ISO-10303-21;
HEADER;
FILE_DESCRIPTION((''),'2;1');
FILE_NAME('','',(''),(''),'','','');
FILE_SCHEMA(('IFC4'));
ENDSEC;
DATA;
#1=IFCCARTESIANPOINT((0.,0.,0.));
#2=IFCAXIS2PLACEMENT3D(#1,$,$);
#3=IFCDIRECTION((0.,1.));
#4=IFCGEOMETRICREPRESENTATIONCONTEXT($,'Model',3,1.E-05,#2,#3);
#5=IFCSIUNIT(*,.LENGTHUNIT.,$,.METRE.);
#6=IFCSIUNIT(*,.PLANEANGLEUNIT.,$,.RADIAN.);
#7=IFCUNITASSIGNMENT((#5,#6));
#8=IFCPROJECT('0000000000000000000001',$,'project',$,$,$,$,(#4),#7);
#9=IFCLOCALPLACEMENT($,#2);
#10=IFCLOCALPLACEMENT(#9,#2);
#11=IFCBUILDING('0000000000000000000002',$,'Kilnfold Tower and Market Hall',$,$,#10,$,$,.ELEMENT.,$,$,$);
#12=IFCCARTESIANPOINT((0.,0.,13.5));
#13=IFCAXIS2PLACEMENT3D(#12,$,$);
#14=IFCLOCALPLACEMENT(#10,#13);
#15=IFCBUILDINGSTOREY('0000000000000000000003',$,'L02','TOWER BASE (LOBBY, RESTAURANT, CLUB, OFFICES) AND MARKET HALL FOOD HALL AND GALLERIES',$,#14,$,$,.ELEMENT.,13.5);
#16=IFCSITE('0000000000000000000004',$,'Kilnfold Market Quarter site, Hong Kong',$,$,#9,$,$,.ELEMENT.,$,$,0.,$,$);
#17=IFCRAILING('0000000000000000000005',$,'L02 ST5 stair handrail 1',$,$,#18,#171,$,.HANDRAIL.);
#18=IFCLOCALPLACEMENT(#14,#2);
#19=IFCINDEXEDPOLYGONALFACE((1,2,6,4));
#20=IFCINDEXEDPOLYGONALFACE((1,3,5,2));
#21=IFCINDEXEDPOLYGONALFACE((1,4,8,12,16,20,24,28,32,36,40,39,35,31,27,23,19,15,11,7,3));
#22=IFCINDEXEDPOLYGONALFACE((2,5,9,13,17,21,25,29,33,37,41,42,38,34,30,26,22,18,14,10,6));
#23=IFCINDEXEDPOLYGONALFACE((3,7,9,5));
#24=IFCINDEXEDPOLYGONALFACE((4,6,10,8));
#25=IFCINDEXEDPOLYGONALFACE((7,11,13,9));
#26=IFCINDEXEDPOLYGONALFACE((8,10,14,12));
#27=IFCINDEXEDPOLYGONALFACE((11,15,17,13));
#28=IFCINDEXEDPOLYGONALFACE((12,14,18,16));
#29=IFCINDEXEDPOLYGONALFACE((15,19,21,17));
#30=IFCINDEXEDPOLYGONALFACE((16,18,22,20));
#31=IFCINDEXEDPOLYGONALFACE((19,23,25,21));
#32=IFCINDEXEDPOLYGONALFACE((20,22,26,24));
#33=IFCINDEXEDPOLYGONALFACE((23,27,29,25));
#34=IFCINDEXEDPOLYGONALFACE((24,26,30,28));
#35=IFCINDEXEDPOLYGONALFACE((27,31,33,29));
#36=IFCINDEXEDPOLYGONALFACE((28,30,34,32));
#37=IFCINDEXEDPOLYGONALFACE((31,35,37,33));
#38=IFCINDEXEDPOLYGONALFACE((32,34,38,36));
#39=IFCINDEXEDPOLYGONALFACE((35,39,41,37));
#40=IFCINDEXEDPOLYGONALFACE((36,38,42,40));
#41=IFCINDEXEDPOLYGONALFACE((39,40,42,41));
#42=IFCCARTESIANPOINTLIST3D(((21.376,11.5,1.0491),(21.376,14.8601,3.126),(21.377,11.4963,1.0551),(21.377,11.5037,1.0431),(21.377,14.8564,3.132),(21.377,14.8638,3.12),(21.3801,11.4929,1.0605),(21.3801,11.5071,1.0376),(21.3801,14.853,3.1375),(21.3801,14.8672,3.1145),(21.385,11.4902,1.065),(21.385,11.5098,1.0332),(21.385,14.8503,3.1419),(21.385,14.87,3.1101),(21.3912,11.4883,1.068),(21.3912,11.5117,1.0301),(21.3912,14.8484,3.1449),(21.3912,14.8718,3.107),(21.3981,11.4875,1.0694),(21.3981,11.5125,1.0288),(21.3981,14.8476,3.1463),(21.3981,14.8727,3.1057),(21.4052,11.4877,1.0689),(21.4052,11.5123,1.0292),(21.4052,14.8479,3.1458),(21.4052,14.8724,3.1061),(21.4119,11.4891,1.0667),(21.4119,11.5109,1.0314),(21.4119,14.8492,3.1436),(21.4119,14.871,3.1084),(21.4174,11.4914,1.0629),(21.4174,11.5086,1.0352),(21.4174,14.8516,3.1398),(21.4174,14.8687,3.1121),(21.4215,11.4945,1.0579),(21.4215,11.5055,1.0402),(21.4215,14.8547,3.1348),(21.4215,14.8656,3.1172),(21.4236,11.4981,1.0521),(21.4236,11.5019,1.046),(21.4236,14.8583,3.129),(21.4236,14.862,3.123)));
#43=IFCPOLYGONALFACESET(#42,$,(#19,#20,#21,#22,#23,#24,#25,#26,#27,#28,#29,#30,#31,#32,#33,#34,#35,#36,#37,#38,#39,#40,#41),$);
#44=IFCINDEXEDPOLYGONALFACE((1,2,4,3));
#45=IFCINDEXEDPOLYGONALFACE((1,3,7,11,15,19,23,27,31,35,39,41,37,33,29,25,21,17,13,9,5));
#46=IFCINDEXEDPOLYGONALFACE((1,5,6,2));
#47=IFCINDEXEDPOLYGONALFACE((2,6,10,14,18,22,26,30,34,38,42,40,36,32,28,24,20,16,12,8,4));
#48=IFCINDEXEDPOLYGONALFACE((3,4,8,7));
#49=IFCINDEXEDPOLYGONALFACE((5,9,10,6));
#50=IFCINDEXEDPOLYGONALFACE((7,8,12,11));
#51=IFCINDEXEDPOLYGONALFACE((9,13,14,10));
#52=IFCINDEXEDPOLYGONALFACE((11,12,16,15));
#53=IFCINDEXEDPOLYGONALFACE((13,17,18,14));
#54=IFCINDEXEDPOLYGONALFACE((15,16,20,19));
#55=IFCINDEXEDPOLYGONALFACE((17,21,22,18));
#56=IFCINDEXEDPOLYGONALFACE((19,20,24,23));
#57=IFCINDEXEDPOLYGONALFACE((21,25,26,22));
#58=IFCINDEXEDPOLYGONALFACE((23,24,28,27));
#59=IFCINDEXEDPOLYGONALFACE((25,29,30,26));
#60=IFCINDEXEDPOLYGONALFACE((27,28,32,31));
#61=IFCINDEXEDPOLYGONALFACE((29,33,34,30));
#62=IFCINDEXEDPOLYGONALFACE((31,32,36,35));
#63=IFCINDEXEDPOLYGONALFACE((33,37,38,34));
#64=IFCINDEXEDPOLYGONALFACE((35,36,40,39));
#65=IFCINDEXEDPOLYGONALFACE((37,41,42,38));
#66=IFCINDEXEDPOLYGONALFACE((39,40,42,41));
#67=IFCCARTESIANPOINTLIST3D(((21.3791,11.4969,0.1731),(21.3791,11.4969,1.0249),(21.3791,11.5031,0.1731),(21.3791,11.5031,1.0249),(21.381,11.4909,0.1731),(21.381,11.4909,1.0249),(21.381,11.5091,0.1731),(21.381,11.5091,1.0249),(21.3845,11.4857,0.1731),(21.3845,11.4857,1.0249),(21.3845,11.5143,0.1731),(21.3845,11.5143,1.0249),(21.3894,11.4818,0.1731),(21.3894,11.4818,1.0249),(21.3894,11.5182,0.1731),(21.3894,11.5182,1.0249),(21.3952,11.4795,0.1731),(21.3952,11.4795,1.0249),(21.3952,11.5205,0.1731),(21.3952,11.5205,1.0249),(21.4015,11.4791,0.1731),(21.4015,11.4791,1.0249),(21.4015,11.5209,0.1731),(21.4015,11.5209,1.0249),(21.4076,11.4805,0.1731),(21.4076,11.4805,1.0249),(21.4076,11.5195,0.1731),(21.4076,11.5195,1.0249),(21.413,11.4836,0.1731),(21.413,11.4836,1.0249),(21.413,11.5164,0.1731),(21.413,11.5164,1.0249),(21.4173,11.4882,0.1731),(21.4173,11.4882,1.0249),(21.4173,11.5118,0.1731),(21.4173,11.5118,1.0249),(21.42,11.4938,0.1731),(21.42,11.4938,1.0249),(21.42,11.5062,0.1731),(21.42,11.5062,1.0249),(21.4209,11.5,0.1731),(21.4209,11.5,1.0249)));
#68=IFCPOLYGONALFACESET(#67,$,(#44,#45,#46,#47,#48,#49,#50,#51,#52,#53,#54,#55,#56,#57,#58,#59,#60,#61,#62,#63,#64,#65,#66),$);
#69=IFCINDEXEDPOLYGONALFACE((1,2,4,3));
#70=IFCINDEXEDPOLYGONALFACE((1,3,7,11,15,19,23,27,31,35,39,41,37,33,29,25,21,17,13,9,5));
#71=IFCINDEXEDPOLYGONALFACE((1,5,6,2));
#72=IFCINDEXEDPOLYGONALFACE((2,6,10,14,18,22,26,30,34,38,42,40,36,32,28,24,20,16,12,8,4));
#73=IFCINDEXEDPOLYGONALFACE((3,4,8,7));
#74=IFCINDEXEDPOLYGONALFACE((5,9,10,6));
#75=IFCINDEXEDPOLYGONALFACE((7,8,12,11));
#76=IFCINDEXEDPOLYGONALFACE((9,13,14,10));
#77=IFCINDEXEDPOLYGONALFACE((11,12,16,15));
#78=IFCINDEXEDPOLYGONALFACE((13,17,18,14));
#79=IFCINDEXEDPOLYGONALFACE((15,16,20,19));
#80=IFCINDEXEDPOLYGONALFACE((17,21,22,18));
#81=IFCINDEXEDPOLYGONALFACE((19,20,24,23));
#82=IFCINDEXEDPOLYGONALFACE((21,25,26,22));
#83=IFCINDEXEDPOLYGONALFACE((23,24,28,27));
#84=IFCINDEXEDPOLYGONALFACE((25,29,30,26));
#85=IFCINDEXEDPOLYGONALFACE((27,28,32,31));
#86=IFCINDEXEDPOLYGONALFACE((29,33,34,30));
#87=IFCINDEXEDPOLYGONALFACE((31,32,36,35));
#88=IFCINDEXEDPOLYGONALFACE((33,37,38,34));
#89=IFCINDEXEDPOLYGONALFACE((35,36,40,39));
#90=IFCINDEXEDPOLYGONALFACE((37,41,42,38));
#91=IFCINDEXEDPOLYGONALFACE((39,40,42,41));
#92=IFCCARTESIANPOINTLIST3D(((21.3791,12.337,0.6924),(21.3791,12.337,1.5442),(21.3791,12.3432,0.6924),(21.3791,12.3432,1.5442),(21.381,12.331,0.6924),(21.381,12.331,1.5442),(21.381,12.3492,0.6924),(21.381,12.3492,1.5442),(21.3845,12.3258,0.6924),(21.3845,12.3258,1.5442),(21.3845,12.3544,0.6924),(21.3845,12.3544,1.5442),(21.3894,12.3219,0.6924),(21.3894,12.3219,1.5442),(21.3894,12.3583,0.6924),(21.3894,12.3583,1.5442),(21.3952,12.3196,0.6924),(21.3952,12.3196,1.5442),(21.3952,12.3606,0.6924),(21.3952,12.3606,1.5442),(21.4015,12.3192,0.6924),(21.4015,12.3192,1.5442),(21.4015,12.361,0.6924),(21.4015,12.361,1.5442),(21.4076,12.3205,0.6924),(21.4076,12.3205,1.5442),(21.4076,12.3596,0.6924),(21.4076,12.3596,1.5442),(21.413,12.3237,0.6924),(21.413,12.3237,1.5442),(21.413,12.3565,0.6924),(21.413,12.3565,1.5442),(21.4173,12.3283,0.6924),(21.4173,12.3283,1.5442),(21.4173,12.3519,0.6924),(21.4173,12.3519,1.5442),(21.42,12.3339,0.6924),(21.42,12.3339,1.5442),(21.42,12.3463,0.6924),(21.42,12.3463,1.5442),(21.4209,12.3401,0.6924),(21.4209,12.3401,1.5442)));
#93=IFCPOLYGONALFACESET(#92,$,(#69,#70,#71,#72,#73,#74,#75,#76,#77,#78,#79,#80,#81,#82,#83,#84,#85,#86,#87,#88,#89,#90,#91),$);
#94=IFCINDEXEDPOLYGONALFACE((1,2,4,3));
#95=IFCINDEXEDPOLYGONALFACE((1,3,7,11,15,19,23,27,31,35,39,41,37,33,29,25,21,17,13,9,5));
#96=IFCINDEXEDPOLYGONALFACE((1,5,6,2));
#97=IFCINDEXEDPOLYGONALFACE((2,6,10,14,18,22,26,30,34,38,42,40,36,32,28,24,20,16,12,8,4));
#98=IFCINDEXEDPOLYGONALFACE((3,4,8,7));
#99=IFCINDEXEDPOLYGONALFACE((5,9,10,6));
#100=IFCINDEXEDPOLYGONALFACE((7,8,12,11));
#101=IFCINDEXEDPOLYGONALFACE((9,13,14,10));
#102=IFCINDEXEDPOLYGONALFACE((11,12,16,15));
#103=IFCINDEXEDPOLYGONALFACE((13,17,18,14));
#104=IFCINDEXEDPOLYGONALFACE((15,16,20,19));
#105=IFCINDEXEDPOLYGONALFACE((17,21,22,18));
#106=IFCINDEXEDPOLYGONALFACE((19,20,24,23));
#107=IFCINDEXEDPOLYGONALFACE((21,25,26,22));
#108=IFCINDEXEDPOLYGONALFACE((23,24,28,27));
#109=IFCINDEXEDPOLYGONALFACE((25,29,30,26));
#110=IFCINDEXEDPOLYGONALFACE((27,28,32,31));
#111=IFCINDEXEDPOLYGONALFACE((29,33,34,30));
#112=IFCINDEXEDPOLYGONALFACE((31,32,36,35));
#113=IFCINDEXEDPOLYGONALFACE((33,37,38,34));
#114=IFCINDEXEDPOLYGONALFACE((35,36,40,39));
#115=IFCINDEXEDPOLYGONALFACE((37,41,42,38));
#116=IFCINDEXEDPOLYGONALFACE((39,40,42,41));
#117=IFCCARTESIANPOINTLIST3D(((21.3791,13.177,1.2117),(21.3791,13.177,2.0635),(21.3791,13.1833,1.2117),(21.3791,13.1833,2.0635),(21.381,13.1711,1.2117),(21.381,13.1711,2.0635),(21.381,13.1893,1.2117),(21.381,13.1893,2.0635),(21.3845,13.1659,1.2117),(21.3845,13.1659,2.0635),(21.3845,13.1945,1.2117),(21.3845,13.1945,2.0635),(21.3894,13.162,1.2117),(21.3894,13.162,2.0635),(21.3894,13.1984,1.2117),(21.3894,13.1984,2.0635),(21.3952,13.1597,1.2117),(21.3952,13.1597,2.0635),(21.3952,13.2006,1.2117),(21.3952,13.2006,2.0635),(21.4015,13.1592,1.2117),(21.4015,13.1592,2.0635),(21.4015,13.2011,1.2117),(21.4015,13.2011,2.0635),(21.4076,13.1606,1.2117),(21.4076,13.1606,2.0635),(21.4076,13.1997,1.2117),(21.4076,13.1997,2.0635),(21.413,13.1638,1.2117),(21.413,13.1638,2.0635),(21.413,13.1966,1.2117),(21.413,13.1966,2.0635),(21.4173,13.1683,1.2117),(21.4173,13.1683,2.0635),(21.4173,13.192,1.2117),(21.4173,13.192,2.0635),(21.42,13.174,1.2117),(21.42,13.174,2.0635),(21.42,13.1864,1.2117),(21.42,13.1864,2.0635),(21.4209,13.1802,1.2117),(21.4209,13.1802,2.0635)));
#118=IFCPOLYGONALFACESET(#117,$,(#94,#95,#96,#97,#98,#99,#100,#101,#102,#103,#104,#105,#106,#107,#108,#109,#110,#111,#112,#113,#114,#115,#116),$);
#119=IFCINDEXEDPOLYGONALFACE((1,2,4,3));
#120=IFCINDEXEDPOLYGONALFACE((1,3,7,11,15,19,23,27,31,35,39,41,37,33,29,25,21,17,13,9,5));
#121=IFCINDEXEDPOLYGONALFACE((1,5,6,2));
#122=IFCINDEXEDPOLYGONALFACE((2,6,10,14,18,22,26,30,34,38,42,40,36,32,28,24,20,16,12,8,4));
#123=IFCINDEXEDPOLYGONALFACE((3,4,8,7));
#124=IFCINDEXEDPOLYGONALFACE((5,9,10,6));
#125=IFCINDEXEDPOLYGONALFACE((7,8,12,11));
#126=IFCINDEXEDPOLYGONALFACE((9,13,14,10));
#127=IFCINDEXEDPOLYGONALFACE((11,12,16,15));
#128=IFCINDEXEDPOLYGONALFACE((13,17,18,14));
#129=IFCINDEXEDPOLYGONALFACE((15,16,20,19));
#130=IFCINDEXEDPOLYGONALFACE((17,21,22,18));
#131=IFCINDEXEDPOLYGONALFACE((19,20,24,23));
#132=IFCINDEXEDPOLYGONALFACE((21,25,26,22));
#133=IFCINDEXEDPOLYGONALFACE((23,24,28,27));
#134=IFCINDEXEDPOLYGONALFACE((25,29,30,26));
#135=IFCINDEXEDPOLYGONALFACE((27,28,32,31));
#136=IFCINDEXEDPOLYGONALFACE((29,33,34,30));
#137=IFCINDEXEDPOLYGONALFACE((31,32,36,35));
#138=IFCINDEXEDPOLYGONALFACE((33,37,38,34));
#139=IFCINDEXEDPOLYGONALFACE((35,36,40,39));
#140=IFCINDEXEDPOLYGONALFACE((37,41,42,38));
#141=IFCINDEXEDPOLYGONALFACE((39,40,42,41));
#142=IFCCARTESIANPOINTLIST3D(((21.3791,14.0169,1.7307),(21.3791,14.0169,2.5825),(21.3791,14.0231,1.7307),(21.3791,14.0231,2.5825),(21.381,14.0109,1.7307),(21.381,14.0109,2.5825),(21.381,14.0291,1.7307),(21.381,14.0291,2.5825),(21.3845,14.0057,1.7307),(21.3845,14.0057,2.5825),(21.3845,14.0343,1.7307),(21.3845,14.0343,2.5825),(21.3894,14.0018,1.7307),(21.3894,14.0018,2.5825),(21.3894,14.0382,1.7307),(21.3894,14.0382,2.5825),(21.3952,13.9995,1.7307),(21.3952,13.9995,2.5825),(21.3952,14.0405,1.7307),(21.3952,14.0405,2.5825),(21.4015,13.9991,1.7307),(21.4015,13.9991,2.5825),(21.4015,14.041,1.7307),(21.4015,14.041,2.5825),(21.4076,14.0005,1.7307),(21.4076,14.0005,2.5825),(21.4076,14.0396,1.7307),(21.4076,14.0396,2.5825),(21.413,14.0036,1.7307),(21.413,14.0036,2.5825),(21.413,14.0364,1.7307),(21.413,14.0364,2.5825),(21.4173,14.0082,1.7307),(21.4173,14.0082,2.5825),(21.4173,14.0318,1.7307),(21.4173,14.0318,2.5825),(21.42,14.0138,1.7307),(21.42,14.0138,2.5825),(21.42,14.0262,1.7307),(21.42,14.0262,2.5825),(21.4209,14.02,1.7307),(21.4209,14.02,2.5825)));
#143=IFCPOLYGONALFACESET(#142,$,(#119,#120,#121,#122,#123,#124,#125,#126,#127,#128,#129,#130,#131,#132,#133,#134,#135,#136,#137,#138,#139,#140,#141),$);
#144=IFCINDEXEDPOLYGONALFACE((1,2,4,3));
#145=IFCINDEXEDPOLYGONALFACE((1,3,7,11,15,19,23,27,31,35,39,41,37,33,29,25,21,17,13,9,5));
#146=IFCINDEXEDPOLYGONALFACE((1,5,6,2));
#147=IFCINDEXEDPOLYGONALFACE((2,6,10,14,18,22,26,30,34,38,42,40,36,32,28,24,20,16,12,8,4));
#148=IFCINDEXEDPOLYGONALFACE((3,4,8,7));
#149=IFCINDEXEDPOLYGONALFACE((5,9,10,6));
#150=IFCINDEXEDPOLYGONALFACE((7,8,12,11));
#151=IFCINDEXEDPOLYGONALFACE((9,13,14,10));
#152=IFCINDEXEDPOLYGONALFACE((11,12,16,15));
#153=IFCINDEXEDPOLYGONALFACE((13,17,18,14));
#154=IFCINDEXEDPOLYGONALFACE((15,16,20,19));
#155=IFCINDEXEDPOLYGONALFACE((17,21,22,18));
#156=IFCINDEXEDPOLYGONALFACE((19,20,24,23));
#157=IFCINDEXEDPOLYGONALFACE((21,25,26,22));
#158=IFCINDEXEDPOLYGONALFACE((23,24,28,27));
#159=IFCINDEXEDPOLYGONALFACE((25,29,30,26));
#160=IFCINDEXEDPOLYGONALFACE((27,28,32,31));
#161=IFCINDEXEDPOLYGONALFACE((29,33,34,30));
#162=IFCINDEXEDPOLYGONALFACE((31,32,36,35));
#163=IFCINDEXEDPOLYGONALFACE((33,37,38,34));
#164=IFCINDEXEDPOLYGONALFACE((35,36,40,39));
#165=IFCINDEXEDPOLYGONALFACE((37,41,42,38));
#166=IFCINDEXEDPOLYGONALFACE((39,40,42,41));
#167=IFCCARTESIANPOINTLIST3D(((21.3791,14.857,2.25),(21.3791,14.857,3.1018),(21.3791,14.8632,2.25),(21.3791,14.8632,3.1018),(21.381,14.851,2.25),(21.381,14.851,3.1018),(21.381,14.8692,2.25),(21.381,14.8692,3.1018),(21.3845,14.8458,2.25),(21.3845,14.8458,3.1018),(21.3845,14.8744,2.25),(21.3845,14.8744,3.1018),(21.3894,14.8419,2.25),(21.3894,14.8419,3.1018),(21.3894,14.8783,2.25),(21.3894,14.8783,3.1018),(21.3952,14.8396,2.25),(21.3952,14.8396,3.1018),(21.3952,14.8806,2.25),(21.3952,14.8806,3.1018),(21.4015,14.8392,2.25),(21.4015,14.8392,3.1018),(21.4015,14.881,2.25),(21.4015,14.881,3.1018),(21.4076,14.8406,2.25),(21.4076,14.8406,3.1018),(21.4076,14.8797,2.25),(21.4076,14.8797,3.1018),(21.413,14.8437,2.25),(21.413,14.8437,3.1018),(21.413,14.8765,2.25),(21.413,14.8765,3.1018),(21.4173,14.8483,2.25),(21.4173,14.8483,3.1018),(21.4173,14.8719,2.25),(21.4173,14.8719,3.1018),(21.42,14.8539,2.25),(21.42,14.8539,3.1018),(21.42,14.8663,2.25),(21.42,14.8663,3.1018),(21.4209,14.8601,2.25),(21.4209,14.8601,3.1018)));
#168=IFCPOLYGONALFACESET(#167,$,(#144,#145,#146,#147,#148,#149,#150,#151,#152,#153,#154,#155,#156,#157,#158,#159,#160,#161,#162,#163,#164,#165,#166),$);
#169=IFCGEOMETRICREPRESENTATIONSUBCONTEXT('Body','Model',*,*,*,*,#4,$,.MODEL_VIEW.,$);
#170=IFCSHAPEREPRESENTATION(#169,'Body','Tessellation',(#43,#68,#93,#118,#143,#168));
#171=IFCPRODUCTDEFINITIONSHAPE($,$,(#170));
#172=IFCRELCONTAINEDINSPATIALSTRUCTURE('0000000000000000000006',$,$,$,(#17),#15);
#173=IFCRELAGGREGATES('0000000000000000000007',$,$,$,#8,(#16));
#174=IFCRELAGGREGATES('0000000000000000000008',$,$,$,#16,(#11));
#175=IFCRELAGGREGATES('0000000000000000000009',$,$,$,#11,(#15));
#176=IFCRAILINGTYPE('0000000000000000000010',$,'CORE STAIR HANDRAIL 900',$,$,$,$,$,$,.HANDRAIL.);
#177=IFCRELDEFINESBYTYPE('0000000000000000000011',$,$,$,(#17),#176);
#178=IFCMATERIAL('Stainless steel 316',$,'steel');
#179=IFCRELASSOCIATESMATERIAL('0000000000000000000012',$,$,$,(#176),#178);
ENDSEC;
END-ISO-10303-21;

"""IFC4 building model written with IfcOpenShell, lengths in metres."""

from ifc_helpers import new_model, si_unit, direction, frame, origin, origin_2d, place, context, subcontext, project, spatial, circle, extrude, material, type_object, element, save


model = new_model("IFC4")

# Units and contexts
model_context = context("Model", 3, precision=1e-05, world=origin(), true_north=direction((0.0, 1.0)))
body_context = subcontext(model_context, "Body", "Model", "MODEL_VIEW")
ifc_project = project(units=[si_unit("LENGTHUNIT", "METRE"), si_unit("PLANEANGLEUNIT", "RADIAN")], contexts=[model_context])

# Site, building, storey
site_placement = place(None, origin())
site = spatial("IfcSite", under=ifc_project, at=site_placement, Name="Kilnfold Market Quarter site, Hong Kong", CompositionType="ELEMENT", RefElevation=0.0)
building_placement = place(site_placement, origin())
building = spatial("IfcBuilding", under=site, at=building_placement, Name="Kilnfold Tower and Market Hall", CompositionType="ELEMENT")
storey_placement = place(building_placement, frame((0.0, 0.0, 13.5)))
storey = spatial("IfcBuildingStorey", under=building, at=storey_placement, Name="L02", Description="TOWER BASE (LOBBY, RESTAURANT, CLUB, OFFICES) AND MARKET HALL FOOD HALL AND GALLERIES", CompositionType="ELEMENT", Elevation=13.5)

# Railing
ifc_material_1 = material(Name="Stainless steel 316", Category="steel")
railing_type = type_object("IfcRailingType", Name="CORE STAIR HANDRAIL 900", PredefinedType="HANDRAIL", material=ifc_material_1)
railing_placement = place(storey_placement, frame((21.3999, 11.5, 0.1731)))
element("IfcRailing", 1, at=railing_placement, inside=storey, type_object=railing_type, Name="L02 ST5 stair handrail 1", PredefinedType="HANDRAIL", context=body_context, shape_type="SweptSolid", body=[
    extrude(circle(Radius=0.0239, at=origin_2d()), frame((0.0, 0.0, 0.876), z_axis=(0.0, 0.850623, 0.525776), x_axis=(-1.0, 0.0, 0.0)), (0.0, 0.0, 1.0), 3.9502),
    extrude(circle(Radius=0.021, at=origin_2d()), origin(), (0.0, 0.0, 1.0), 0.8518),
    extrude(circle(Radius=0.021, at=origin_2d()), frame((0.0, 0.8401, 0.5193)), (0.0, 0.0, 1.0), 0.8518),
    extrude(circle(Radius=0.021, at=origin_2d()), frame((0.0, 1.6802, 1.0386)), (0.0, 0.0, 1.0), 0.8518),
    extrude(circle(Radius=0.021, at=origin_2d()), frame((0.0, 2.52, 1.5576)), (0.0, 0.0, 1.0), 0.8518),
    extrude(circle(Radius=0.021, at=origin_2d()), frame((0.0, 3.3601, 2.0769)), (0.0, 0.0, 1.0), 0.8518),
])

save(model, "model.ifc")
